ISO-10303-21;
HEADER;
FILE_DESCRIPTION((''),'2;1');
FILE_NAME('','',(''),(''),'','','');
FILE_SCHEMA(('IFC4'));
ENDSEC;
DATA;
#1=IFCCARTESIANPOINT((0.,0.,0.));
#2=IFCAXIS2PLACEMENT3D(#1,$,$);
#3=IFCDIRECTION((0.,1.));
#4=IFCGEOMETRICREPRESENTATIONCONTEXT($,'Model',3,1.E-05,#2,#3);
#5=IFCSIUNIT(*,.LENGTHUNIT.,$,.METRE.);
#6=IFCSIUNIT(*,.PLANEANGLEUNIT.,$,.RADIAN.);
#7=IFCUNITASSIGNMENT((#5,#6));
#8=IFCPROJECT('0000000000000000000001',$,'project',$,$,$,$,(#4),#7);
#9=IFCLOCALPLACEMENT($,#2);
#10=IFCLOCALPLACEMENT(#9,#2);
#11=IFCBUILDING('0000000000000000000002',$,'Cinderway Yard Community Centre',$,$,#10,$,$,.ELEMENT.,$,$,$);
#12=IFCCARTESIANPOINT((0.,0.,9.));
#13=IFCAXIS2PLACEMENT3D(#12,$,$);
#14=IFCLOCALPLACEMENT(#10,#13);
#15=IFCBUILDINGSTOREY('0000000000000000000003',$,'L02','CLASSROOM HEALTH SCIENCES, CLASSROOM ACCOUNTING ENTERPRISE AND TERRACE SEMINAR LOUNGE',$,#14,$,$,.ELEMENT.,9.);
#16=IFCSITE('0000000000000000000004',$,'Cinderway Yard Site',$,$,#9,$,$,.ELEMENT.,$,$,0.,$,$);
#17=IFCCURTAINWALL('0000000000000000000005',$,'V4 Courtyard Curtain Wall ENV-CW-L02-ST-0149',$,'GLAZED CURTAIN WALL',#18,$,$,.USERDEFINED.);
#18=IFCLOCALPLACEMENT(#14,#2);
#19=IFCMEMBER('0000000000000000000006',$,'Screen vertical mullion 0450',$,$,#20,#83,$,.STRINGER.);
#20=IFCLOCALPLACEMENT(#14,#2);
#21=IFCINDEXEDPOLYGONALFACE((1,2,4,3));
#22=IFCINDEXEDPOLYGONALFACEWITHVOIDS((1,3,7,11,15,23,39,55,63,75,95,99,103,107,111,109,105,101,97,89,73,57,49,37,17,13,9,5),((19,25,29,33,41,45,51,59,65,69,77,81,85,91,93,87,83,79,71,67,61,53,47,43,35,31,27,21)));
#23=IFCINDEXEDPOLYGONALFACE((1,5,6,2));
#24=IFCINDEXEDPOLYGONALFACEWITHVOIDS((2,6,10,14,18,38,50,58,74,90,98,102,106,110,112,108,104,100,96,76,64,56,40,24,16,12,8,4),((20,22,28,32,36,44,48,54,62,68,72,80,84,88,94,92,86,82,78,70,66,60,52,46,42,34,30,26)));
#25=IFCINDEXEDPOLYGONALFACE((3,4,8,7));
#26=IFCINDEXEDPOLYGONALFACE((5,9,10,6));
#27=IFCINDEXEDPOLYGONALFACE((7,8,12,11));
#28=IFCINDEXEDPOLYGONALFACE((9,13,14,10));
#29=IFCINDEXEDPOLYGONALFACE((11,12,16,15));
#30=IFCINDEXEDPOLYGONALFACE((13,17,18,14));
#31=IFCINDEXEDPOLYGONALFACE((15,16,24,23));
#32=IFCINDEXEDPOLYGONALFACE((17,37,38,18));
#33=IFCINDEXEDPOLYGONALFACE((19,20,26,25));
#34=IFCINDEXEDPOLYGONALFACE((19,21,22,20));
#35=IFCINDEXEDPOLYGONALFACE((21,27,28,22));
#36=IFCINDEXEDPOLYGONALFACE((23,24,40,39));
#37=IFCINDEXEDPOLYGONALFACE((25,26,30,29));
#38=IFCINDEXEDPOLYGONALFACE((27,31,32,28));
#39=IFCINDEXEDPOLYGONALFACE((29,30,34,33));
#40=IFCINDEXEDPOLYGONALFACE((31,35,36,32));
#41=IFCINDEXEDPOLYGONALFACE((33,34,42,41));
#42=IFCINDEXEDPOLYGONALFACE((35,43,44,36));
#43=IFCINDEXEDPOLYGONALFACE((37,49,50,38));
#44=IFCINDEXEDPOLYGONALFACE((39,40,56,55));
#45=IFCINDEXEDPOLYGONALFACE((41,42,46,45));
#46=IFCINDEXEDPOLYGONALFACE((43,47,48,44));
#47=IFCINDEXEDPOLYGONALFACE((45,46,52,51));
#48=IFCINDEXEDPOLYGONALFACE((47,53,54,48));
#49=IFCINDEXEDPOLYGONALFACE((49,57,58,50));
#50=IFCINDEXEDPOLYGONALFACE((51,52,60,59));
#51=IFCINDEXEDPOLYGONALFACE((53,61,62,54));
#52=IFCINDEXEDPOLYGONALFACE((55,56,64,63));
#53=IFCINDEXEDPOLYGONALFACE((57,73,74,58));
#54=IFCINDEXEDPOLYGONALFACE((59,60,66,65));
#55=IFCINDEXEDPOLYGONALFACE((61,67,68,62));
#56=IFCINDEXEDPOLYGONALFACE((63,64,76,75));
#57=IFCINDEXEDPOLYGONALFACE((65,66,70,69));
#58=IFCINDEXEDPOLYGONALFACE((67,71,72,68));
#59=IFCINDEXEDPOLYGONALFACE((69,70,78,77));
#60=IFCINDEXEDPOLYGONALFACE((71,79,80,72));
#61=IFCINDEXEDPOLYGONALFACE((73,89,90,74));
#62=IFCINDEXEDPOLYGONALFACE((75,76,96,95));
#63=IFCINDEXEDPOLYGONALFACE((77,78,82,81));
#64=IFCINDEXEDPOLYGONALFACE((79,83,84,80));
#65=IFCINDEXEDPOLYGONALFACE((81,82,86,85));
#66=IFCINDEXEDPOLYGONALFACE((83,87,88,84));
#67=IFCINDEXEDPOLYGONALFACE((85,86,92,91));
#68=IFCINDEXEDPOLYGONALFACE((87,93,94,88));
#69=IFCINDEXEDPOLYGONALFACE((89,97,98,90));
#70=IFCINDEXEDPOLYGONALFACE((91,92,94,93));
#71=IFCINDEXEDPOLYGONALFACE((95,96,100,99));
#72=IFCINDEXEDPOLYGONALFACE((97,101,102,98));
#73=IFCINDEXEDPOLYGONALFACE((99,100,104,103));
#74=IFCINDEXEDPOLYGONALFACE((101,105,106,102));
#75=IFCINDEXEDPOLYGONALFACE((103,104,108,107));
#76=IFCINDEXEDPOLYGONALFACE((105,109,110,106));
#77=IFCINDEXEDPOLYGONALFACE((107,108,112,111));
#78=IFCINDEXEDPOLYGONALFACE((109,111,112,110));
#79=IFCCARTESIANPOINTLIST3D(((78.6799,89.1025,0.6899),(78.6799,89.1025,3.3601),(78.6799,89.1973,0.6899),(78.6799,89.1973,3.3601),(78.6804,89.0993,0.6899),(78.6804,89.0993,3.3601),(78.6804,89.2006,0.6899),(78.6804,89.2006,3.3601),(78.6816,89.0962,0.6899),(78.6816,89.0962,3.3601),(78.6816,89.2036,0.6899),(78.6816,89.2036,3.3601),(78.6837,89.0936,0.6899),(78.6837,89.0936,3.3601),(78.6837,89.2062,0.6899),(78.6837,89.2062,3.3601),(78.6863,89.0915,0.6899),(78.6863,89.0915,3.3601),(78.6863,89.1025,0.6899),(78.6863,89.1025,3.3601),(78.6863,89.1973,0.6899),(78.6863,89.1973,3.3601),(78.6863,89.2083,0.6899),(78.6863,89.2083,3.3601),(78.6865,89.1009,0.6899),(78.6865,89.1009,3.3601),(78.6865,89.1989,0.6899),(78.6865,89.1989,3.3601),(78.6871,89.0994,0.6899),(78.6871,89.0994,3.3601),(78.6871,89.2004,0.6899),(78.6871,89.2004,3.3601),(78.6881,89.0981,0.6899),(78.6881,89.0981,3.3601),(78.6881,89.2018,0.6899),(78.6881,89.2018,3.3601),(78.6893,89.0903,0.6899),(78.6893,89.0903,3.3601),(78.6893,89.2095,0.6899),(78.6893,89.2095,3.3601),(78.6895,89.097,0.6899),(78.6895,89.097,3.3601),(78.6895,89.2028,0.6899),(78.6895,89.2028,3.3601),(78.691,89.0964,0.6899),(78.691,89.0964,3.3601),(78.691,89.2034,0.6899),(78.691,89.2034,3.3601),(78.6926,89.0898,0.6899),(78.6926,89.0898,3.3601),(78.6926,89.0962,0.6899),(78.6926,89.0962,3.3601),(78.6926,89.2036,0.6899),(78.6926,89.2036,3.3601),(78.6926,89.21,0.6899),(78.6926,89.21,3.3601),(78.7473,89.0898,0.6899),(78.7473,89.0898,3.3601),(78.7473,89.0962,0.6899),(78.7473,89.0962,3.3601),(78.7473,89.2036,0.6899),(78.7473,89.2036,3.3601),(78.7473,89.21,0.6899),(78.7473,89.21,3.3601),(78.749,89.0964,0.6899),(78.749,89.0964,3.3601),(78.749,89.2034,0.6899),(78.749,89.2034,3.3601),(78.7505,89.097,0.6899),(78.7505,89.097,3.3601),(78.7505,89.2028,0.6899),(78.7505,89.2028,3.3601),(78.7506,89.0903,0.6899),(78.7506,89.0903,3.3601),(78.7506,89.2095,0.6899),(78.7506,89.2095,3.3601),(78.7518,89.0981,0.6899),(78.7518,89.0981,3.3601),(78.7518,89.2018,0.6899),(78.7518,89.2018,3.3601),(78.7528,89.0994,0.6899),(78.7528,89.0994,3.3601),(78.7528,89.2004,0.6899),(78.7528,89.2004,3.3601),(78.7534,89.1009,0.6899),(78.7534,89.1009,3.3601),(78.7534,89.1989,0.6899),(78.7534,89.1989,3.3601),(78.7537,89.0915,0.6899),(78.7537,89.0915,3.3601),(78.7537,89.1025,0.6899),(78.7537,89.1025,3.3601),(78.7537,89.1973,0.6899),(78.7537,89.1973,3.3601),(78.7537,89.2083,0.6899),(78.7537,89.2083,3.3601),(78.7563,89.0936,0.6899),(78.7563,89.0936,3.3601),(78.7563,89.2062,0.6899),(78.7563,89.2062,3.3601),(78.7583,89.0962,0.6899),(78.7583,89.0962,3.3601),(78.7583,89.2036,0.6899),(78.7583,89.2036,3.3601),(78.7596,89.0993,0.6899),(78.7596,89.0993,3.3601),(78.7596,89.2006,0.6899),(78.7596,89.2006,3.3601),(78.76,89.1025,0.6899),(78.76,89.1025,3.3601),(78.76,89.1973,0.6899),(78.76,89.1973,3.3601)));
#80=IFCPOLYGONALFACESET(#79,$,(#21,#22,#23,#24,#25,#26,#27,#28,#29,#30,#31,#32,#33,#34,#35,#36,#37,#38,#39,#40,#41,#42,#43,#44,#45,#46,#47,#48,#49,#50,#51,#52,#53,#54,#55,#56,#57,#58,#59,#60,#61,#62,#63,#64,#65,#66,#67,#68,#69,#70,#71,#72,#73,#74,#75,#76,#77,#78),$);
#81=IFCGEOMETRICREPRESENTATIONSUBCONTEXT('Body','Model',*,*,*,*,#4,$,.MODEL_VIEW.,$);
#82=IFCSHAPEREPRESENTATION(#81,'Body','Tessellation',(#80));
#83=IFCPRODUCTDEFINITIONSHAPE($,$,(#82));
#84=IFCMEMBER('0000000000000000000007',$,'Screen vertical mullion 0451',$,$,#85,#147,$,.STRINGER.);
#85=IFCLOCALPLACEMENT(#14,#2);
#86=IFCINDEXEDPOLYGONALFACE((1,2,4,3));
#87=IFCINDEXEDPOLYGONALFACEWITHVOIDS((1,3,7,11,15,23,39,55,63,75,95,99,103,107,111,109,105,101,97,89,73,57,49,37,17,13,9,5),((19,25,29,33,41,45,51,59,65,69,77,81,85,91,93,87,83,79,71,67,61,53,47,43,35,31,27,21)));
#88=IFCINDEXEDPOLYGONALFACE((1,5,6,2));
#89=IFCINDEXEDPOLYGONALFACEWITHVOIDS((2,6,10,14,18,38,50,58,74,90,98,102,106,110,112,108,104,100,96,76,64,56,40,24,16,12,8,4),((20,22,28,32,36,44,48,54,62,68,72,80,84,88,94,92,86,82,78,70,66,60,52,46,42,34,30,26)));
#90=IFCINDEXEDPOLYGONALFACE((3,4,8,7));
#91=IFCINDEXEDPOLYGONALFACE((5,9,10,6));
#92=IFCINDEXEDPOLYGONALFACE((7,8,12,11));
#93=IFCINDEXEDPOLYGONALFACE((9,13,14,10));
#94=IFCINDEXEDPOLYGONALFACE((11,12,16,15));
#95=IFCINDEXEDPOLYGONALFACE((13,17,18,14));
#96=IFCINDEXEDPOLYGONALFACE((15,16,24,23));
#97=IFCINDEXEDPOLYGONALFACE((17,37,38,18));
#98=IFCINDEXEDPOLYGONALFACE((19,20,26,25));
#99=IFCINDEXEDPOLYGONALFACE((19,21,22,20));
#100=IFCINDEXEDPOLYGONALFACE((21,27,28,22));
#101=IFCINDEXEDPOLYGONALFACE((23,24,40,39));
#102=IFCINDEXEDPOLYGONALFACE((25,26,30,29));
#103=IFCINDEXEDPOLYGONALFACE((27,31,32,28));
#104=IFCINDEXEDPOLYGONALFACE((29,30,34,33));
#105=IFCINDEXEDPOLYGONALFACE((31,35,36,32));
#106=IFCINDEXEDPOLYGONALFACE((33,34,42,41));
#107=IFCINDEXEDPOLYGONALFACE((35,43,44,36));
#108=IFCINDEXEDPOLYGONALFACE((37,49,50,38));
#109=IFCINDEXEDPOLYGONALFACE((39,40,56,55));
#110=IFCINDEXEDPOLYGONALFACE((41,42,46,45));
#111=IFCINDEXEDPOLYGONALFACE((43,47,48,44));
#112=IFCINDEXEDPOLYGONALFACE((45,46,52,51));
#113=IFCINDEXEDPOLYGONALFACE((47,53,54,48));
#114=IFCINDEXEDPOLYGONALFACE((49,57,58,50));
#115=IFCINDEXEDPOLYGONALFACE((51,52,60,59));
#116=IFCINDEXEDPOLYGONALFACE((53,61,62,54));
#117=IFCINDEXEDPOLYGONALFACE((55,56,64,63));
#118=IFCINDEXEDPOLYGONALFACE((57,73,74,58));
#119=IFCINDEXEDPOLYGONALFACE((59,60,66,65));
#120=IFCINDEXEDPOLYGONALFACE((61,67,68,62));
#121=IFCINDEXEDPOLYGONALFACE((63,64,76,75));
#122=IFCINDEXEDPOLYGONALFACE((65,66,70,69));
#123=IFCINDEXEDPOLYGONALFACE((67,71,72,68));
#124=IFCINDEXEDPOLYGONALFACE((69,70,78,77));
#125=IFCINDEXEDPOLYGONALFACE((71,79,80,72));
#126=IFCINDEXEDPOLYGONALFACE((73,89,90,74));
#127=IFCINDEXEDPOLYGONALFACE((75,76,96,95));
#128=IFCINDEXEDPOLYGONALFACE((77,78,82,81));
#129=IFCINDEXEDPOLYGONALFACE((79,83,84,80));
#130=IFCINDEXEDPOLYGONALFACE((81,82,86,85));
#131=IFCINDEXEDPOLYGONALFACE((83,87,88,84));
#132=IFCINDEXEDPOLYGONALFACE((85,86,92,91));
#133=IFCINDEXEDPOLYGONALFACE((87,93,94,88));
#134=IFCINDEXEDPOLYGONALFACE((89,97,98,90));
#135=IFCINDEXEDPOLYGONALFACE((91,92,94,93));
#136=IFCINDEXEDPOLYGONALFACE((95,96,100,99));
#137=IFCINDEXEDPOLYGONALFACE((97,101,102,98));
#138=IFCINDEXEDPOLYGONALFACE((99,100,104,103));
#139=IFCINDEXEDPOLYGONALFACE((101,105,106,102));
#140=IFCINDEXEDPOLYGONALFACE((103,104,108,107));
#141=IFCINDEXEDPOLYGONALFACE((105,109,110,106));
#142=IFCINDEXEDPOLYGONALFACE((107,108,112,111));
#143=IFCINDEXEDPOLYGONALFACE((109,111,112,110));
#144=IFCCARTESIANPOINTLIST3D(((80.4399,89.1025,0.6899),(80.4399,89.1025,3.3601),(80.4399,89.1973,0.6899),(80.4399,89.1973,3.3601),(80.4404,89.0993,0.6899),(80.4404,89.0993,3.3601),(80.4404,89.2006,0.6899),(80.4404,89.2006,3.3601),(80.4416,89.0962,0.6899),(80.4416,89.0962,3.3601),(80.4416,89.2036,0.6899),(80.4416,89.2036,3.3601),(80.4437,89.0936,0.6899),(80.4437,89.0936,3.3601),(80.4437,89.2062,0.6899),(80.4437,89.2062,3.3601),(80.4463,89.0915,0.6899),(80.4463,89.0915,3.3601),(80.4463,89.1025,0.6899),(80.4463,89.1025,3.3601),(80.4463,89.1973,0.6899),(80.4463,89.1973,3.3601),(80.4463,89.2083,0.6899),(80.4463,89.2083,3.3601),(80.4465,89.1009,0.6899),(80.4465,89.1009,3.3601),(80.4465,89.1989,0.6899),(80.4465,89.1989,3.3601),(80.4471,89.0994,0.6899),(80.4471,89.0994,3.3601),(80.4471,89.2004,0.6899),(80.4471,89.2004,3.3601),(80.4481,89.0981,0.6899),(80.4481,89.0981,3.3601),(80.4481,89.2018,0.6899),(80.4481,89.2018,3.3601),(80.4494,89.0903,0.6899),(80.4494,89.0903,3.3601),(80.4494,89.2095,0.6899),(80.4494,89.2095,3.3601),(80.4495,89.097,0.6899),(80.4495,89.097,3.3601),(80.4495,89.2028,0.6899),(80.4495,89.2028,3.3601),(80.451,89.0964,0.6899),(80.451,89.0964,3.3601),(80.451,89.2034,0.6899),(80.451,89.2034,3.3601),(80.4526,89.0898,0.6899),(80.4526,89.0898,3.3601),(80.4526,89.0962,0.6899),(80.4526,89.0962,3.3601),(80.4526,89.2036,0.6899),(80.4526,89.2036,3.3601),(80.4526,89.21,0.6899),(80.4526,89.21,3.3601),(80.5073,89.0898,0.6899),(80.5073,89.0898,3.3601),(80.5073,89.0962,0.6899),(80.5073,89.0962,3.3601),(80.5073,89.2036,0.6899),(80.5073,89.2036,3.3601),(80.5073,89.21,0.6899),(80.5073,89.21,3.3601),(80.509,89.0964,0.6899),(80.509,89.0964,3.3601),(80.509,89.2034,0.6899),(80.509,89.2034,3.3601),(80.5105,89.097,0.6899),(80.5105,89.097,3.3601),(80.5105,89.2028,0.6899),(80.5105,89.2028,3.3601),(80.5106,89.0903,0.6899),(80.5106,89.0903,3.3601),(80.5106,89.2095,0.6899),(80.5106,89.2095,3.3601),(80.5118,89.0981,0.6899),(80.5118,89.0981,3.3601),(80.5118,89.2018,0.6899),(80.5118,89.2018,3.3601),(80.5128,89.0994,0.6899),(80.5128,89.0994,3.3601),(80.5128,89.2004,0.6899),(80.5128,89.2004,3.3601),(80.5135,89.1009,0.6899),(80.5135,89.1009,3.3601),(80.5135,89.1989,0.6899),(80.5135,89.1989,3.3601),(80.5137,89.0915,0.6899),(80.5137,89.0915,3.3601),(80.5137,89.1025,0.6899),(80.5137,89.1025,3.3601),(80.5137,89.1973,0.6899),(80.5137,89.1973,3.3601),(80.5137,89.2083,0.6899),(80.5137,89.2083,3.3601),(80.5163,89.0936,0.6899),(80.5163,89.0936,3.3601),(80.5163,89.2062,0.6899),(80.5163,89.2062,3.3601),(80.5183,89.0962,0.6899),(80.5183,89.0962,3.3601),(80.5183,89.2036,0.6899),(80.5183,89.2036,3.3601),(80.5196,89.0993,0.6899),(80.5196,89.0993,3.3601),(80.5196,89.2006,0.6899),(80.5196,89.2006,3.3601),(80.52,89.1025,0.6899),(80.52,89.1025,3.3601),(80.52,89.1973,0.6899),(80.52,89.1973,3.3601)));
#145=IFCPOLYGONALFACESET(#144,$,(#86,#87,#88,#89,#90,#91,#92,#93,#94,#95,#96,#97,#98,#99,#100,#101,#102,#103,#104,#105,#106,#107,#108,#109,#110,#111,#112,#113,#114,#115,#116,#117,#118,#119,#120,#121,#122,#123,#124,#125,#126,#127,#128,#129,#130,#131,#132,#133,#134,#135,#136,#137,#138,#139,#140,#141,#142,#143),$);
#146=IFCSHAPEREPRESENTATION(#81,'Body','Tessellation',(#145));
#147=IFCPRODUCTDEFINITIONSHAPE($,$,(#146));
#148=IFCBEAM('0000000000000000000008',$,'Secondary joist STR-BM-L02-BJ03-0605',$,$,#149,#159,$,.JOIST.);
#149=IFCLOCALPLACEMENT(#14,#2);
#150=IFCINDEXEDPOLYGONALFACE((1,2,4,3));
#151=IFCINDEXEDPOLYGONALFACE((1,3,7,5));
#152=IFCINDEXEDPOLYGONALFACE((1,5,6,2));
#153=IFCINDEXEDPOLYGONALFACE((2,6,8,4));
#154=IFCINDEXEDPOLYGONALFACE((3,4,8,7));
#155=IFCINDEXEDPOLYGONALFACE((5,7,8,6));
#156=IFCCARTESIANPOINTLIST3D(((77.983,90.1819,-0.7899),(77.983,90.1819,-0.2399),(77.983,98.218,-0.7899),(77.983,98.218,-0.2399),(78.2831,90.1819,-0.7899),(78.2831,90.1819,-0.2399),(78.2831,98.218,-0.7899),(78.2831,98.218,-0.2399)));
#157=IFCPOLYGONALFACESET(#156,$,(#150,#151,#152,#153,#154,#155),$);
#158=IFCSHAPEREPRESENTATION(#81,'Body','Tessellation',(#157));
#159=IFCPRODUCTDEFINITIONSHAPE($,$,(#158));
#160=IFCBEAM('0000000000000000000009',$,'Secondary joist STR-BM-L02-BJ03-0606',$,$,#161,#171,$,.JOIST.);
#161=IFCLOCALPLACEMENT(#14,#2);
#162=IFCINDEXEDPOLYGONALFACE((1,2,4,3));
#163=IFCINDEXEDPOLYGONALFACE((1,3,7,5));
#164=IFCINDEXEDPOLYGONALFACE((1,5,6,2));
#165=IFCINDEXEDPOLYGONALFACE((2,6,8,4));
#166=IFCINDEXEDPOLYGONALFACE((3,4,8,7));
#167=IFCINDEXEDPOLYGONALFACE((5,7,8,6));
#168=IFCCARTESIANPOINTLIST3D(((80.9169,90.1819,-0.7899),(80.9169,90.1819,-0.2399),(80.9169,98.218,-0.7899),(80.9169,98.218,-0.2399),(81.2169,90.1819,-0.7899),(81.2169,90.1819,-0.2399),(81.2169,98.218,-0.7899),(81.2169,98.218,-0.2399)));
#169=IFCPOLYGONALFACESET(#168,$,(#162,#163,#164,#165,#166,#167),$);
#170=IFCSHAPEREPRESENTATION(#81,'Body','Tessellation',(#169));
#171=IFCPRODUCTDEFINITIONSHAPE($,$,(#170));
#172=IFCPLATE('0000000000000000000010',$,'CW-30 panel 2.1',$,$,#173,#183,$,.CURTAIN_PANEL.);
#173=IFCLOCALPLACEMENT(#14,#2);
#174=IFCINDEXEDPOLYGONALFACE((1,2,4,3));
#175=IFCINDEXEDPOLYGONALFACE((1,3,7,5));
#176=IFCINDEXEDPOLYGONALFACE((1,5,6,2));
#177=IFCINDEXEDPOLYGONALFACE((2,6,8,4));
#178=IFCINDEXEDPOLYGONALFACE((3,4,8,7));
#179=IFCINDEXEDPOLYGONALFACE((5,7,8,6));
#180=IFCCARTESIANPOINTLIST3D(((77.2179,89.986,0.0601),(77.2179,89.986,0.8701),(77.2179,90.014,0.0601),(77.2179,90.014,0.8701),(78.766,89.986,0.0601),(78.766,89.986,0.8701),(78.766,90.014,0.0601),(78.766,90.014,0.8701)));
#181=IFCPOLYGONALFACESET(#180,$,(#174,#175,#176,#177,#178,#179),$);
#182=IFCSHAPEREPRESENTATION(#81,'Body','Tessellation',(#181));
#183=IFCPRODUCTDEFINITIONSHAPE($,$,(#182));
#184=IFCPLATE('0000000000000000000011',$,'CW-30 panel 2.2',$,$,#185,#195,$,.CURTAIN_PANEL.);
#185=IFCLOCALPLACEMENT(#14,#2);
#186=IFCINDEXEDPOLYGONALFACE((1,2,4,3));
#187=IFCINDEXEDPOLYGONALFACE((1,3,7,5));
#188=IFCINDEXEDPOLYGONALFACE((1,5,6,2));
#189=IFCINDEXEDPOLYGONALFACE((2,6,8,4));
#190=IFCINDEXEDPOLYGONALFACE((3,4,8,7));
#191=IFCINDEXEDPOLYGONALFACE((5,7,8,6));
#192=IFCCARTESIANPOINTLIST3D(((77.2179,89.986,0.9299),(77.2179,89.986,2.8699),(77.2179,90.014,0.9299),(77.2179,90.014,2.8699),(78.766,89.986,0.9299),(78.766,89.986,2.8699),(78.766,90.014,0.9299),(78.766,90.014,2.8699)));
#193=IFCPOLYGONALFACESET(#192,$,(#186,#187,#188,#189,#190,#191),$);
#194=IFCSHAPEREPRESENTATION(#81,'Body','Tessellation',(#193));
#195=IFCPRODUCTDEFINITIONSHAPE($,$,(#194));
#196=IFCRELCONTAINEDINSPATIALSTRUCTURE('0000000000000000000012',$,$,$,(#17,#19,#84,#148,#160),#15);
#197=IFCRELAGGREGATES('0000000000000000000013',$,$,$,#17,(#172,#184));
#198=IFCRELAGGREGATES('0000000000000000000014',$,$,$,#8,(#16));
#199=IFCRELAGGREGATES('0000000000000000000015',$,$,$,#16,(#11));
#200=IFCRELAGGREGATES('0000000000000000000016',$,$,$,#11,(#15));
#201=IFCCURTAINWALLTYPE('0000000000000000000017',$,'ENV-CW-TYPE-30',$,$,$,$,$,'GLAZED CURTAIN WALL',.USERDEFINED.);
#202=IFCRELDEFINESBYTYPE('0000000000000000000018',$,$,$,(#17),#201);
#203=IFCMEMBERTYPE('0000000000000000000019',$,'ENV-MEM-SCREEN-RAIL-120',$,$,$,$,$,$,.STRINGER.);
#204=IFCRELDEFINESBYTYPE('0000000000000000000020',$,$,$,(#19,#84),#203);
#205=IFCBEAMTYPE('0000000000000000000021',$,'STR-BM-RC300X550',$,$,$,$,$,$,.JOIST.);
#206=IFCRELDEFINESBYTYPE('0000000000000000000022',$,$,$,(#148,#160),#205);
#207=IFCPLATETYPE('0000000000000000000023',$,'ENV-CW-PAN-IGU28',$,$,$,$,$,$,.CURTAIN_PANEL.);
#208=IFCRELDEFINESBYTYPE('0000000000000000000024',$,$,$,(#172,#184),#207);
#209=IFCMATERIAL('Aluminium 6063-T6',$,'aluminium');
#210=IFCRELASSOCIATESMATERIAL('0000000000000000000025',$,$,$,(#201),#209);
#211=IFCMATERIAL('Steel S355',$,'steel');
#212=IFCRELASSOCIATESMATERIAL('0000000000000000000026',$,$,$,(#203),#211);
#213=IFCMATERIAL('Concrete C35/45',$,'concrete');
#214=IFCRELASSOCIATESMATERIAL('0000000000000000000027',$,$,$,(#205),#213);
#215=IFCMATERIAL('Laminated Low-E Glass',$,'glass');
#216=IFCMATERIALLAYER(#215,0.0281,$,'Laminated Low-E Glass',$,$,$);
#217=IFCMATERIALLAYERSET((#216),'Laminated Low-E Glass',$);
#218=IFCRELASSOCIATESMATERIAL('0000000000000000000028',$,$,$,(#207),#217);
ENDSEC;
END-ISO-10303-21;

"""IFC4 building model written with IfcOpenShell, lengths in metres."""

from ifc_helpers import new_model, si_unit, direction, frame, origin, origin_2d, place, context, subcontext, project, spatial, rectangle, hollow_rectangle, extrude, material, layer, layer_set, material_profile, profile_set, type_object, element, aggregate, save


model = new_model("IFC4")

# Units and contexts
model_context = context("Model", 3, precision=1e-05, world=origin(), true_north=direction((0.0, 1.0)))
body_context = subcontext(model_context, "Body", "Model", "MODEL_VIEW")
ifc_project = project(units=[si_unit("LENGTHUNIT", "METRE"), si_unit("PLANEANGLEUNIT", "RADIAN")], contexts=[model_context])

# Site, building, storey
site_placement = place(None, origin())
site = spatial("IfcSite", under=ifc_project, at=site_placement, Name="Cinderway Yard Site", CompositionType="ELEMENT", RefElevation=0.0)
building_placement = place(site_placement, origin())
building = spatial("IfcBuilding", under=site, at=building_placement, Name="Cinderway Yard Community Centre", CompositionType="ELEMENT")
storey_placement = place(building_placement, frame((0.0, 0.0, 9.0)))
storey = spatial("IfcBuildingStorey", under=building, at=storey_placement, Name="L02", Description="CLASSROOM HEALTH SCIENCES, CLASSROOM ACCOUNTING ENTERPRISE AND TERRACE SEMINAR LOUNGE", CompositionType="ELEMENT", Elevation=9.0)

# Curtain wall
ifc_material_1 = material(Name="Aluminium 6063-T6", Category="aluminium")
curtain_wall_type = type_object("IfcCurtainWallType", Name="ENV-CW-TYPE-30", ElementType="GLAZED CURTAIN WALL", PredefinedType="USERDEFINED", material=ifc_material_1)
curtain_wall_placement = place(storey_placement, origin())
curtain_wall = element("IfcCurtainWall", 1, at=curtain_wall_placement, inside=storey, type_object=curtain_wall_type, Name="V4 Courtyard Curtain Wall ENV-CW-L02-ST-0149", ObjectType="GLAZED CURTAIN WALL", PredefinedType="USERDEFINED")

# Members
ifc_material_2 = material(Name="Steel S355", Category="steel")
ifc_material_profile_1 = material_profile(ifc_material_2, hollow_rectangle(XDim=0.0801, YDim=0.1201, WallThickness=0.0063, InnerFilletRadius=0.0063, OuterFilletRadius=0.0127, at=origin_2d()), Name="Steel S355")
ifc_profile_set_1 = profile_set([ifc_material_profile_1], Name="Steel S355")
member_type_1 = type_object("IfcMemberType", Name="ENV-MEM-SCREEN-RAIL-120", PredefinedType="STRINGER", material=ifc_profile_set_1)
for number, where, z_axis, x_axis, name in (
    (2, (78.72, 89.1499, 0.6899), (0.0, 0.0, 1.0), (1.0, 0.0, 0.0), "Screen vertical mullion 0450"),
    (3, (80.48, 89.1499, 0.6899), (0.0, 0.0, 1.0), (1.0, 0.0, 0.0), "Screen vertical mullion 0451"),
):
    element("IfcMember", number, at=place(storey_placement, frame(where, z_axis=z_axis, x_axis=x_axis)), inside=storey, type_object=member_type_1, Name=name, PredefinedType="STRINGER", context=body_context, shape_type="SweptSolid", body=[
        extrude(hollow_rectangle(XDim=0.0801, YDim=0.1201, WallThickness=0.0063, InnerFilletRadius=0.0063, OuterFilletRadius=0.0127, at=origin_2d()), origin(), (0.0, 0.0, 1.0), 2.6702),
    ])

# Beams
ifc_material_3 = material(Name="Concrete C35/45", Category="concrete")
ifc_material_profile_2 = material_profile(ifc_material_3, rectangle(XDim=0.3, YDim=0.55, at=origin_2d()), Name="Concrete C35/45")
ifc_profile_set_2 = profile_set([ifc_material_profile_2], Name="Concrete C35/45")
beam_type = type_object("IfcBeamType", Name="STR-BM-RC300X550", PredefinedType="JOIST", material=ifc_profile_set_2)
for number, where, z_axis, x_axis, name in (
    (4, (78.1331, 90.1819, -0.5149), (0.0, 1.0, 0.0), (-1.0, 0.0, 0.0), "Secondary joist STR-BM-L02-BJ03-0605"),
    (5, (81.0669, 90.1819, -0.5149), (0.0, 1.0, 0.0), (-1.0, 0.0, 0.0), "Secondary joist STR-BM-L02-BJ03-0606"),
):
    element("IfcBeam", number, at=place(storey_placement, frame(where, z_axis=z_axis, x_axis=x_axis)), inside=storey, type_object=beam_type, Name=name, PredefinedType="JOIST", context=body_context, shape_type="SweptSolid", body=[
        extrude(rectangle(XDim=0.3, YDim=0.55, at=origin_2d()), origin(), (0.0, 0.0, 1.0), 8.0361),
    ])

# Plates
ifc_material_4 = material(Name="Laminated Low-E Glass", Category="glass")
ifc_layer_1 = layer(ifc_material_4, 0.0281, Name="Laminated Low-E Glass")
ifc_layer_set_1 = layer_set([ifc_layer_1], Name="Laminated Low-E Glass")
plate_type_1 = type_object("IfcPlateType", Name="ENV-CW-PAN-IGU28", PredefinedType="CURTAIN_PANEL", material=ifc_layer_set_1)
plate_1_placement = place(storey_placement, frame((77.9919, 90.0, 0.0601), z_axis=(0.0, 0.0, 1.0), x_axis=(1.0, 0.0, 0.0)))
plate_1 = element("IfcPlate", 6, at=plate_1_placement, type_object=plate_type_1, Name="CW-30 panel 2.1", PredefinedType="CURTAIN_PANEL", context=body_context, shape_type="SweptSolid", body=[
    extrude(rectangle(XDim=1.5481, YDim=0.0281, at=origin_2d()), origin(), (0.0, 0.0, 1.0), 0.8101),
])
plate_2_placement = place(storey_placement, frame((77.9919, 90.0, 0.9299), z_axis=(0.0, 0.0, 1.0), x_axis=(1.0, 0.0, 0.0)))
plate_2 = element("IfcPlate", 7, at=plate_2_placement, type_object=plate_type_1, Name="CW-30 panel 2.2", PredefinedType="CURTAIN_PANEL", context=body_context, shape_type="SweptSolid", body=[
    extrude(rectangle(XDim=1.5481, YDim=0.0281, at=origin_2d()), origin(), (0.0, 0.0, 1.0), 1.9399),
])
aggregate(curtain_wall, [plate_1, plate_2])

save(model, "model.ifc")
